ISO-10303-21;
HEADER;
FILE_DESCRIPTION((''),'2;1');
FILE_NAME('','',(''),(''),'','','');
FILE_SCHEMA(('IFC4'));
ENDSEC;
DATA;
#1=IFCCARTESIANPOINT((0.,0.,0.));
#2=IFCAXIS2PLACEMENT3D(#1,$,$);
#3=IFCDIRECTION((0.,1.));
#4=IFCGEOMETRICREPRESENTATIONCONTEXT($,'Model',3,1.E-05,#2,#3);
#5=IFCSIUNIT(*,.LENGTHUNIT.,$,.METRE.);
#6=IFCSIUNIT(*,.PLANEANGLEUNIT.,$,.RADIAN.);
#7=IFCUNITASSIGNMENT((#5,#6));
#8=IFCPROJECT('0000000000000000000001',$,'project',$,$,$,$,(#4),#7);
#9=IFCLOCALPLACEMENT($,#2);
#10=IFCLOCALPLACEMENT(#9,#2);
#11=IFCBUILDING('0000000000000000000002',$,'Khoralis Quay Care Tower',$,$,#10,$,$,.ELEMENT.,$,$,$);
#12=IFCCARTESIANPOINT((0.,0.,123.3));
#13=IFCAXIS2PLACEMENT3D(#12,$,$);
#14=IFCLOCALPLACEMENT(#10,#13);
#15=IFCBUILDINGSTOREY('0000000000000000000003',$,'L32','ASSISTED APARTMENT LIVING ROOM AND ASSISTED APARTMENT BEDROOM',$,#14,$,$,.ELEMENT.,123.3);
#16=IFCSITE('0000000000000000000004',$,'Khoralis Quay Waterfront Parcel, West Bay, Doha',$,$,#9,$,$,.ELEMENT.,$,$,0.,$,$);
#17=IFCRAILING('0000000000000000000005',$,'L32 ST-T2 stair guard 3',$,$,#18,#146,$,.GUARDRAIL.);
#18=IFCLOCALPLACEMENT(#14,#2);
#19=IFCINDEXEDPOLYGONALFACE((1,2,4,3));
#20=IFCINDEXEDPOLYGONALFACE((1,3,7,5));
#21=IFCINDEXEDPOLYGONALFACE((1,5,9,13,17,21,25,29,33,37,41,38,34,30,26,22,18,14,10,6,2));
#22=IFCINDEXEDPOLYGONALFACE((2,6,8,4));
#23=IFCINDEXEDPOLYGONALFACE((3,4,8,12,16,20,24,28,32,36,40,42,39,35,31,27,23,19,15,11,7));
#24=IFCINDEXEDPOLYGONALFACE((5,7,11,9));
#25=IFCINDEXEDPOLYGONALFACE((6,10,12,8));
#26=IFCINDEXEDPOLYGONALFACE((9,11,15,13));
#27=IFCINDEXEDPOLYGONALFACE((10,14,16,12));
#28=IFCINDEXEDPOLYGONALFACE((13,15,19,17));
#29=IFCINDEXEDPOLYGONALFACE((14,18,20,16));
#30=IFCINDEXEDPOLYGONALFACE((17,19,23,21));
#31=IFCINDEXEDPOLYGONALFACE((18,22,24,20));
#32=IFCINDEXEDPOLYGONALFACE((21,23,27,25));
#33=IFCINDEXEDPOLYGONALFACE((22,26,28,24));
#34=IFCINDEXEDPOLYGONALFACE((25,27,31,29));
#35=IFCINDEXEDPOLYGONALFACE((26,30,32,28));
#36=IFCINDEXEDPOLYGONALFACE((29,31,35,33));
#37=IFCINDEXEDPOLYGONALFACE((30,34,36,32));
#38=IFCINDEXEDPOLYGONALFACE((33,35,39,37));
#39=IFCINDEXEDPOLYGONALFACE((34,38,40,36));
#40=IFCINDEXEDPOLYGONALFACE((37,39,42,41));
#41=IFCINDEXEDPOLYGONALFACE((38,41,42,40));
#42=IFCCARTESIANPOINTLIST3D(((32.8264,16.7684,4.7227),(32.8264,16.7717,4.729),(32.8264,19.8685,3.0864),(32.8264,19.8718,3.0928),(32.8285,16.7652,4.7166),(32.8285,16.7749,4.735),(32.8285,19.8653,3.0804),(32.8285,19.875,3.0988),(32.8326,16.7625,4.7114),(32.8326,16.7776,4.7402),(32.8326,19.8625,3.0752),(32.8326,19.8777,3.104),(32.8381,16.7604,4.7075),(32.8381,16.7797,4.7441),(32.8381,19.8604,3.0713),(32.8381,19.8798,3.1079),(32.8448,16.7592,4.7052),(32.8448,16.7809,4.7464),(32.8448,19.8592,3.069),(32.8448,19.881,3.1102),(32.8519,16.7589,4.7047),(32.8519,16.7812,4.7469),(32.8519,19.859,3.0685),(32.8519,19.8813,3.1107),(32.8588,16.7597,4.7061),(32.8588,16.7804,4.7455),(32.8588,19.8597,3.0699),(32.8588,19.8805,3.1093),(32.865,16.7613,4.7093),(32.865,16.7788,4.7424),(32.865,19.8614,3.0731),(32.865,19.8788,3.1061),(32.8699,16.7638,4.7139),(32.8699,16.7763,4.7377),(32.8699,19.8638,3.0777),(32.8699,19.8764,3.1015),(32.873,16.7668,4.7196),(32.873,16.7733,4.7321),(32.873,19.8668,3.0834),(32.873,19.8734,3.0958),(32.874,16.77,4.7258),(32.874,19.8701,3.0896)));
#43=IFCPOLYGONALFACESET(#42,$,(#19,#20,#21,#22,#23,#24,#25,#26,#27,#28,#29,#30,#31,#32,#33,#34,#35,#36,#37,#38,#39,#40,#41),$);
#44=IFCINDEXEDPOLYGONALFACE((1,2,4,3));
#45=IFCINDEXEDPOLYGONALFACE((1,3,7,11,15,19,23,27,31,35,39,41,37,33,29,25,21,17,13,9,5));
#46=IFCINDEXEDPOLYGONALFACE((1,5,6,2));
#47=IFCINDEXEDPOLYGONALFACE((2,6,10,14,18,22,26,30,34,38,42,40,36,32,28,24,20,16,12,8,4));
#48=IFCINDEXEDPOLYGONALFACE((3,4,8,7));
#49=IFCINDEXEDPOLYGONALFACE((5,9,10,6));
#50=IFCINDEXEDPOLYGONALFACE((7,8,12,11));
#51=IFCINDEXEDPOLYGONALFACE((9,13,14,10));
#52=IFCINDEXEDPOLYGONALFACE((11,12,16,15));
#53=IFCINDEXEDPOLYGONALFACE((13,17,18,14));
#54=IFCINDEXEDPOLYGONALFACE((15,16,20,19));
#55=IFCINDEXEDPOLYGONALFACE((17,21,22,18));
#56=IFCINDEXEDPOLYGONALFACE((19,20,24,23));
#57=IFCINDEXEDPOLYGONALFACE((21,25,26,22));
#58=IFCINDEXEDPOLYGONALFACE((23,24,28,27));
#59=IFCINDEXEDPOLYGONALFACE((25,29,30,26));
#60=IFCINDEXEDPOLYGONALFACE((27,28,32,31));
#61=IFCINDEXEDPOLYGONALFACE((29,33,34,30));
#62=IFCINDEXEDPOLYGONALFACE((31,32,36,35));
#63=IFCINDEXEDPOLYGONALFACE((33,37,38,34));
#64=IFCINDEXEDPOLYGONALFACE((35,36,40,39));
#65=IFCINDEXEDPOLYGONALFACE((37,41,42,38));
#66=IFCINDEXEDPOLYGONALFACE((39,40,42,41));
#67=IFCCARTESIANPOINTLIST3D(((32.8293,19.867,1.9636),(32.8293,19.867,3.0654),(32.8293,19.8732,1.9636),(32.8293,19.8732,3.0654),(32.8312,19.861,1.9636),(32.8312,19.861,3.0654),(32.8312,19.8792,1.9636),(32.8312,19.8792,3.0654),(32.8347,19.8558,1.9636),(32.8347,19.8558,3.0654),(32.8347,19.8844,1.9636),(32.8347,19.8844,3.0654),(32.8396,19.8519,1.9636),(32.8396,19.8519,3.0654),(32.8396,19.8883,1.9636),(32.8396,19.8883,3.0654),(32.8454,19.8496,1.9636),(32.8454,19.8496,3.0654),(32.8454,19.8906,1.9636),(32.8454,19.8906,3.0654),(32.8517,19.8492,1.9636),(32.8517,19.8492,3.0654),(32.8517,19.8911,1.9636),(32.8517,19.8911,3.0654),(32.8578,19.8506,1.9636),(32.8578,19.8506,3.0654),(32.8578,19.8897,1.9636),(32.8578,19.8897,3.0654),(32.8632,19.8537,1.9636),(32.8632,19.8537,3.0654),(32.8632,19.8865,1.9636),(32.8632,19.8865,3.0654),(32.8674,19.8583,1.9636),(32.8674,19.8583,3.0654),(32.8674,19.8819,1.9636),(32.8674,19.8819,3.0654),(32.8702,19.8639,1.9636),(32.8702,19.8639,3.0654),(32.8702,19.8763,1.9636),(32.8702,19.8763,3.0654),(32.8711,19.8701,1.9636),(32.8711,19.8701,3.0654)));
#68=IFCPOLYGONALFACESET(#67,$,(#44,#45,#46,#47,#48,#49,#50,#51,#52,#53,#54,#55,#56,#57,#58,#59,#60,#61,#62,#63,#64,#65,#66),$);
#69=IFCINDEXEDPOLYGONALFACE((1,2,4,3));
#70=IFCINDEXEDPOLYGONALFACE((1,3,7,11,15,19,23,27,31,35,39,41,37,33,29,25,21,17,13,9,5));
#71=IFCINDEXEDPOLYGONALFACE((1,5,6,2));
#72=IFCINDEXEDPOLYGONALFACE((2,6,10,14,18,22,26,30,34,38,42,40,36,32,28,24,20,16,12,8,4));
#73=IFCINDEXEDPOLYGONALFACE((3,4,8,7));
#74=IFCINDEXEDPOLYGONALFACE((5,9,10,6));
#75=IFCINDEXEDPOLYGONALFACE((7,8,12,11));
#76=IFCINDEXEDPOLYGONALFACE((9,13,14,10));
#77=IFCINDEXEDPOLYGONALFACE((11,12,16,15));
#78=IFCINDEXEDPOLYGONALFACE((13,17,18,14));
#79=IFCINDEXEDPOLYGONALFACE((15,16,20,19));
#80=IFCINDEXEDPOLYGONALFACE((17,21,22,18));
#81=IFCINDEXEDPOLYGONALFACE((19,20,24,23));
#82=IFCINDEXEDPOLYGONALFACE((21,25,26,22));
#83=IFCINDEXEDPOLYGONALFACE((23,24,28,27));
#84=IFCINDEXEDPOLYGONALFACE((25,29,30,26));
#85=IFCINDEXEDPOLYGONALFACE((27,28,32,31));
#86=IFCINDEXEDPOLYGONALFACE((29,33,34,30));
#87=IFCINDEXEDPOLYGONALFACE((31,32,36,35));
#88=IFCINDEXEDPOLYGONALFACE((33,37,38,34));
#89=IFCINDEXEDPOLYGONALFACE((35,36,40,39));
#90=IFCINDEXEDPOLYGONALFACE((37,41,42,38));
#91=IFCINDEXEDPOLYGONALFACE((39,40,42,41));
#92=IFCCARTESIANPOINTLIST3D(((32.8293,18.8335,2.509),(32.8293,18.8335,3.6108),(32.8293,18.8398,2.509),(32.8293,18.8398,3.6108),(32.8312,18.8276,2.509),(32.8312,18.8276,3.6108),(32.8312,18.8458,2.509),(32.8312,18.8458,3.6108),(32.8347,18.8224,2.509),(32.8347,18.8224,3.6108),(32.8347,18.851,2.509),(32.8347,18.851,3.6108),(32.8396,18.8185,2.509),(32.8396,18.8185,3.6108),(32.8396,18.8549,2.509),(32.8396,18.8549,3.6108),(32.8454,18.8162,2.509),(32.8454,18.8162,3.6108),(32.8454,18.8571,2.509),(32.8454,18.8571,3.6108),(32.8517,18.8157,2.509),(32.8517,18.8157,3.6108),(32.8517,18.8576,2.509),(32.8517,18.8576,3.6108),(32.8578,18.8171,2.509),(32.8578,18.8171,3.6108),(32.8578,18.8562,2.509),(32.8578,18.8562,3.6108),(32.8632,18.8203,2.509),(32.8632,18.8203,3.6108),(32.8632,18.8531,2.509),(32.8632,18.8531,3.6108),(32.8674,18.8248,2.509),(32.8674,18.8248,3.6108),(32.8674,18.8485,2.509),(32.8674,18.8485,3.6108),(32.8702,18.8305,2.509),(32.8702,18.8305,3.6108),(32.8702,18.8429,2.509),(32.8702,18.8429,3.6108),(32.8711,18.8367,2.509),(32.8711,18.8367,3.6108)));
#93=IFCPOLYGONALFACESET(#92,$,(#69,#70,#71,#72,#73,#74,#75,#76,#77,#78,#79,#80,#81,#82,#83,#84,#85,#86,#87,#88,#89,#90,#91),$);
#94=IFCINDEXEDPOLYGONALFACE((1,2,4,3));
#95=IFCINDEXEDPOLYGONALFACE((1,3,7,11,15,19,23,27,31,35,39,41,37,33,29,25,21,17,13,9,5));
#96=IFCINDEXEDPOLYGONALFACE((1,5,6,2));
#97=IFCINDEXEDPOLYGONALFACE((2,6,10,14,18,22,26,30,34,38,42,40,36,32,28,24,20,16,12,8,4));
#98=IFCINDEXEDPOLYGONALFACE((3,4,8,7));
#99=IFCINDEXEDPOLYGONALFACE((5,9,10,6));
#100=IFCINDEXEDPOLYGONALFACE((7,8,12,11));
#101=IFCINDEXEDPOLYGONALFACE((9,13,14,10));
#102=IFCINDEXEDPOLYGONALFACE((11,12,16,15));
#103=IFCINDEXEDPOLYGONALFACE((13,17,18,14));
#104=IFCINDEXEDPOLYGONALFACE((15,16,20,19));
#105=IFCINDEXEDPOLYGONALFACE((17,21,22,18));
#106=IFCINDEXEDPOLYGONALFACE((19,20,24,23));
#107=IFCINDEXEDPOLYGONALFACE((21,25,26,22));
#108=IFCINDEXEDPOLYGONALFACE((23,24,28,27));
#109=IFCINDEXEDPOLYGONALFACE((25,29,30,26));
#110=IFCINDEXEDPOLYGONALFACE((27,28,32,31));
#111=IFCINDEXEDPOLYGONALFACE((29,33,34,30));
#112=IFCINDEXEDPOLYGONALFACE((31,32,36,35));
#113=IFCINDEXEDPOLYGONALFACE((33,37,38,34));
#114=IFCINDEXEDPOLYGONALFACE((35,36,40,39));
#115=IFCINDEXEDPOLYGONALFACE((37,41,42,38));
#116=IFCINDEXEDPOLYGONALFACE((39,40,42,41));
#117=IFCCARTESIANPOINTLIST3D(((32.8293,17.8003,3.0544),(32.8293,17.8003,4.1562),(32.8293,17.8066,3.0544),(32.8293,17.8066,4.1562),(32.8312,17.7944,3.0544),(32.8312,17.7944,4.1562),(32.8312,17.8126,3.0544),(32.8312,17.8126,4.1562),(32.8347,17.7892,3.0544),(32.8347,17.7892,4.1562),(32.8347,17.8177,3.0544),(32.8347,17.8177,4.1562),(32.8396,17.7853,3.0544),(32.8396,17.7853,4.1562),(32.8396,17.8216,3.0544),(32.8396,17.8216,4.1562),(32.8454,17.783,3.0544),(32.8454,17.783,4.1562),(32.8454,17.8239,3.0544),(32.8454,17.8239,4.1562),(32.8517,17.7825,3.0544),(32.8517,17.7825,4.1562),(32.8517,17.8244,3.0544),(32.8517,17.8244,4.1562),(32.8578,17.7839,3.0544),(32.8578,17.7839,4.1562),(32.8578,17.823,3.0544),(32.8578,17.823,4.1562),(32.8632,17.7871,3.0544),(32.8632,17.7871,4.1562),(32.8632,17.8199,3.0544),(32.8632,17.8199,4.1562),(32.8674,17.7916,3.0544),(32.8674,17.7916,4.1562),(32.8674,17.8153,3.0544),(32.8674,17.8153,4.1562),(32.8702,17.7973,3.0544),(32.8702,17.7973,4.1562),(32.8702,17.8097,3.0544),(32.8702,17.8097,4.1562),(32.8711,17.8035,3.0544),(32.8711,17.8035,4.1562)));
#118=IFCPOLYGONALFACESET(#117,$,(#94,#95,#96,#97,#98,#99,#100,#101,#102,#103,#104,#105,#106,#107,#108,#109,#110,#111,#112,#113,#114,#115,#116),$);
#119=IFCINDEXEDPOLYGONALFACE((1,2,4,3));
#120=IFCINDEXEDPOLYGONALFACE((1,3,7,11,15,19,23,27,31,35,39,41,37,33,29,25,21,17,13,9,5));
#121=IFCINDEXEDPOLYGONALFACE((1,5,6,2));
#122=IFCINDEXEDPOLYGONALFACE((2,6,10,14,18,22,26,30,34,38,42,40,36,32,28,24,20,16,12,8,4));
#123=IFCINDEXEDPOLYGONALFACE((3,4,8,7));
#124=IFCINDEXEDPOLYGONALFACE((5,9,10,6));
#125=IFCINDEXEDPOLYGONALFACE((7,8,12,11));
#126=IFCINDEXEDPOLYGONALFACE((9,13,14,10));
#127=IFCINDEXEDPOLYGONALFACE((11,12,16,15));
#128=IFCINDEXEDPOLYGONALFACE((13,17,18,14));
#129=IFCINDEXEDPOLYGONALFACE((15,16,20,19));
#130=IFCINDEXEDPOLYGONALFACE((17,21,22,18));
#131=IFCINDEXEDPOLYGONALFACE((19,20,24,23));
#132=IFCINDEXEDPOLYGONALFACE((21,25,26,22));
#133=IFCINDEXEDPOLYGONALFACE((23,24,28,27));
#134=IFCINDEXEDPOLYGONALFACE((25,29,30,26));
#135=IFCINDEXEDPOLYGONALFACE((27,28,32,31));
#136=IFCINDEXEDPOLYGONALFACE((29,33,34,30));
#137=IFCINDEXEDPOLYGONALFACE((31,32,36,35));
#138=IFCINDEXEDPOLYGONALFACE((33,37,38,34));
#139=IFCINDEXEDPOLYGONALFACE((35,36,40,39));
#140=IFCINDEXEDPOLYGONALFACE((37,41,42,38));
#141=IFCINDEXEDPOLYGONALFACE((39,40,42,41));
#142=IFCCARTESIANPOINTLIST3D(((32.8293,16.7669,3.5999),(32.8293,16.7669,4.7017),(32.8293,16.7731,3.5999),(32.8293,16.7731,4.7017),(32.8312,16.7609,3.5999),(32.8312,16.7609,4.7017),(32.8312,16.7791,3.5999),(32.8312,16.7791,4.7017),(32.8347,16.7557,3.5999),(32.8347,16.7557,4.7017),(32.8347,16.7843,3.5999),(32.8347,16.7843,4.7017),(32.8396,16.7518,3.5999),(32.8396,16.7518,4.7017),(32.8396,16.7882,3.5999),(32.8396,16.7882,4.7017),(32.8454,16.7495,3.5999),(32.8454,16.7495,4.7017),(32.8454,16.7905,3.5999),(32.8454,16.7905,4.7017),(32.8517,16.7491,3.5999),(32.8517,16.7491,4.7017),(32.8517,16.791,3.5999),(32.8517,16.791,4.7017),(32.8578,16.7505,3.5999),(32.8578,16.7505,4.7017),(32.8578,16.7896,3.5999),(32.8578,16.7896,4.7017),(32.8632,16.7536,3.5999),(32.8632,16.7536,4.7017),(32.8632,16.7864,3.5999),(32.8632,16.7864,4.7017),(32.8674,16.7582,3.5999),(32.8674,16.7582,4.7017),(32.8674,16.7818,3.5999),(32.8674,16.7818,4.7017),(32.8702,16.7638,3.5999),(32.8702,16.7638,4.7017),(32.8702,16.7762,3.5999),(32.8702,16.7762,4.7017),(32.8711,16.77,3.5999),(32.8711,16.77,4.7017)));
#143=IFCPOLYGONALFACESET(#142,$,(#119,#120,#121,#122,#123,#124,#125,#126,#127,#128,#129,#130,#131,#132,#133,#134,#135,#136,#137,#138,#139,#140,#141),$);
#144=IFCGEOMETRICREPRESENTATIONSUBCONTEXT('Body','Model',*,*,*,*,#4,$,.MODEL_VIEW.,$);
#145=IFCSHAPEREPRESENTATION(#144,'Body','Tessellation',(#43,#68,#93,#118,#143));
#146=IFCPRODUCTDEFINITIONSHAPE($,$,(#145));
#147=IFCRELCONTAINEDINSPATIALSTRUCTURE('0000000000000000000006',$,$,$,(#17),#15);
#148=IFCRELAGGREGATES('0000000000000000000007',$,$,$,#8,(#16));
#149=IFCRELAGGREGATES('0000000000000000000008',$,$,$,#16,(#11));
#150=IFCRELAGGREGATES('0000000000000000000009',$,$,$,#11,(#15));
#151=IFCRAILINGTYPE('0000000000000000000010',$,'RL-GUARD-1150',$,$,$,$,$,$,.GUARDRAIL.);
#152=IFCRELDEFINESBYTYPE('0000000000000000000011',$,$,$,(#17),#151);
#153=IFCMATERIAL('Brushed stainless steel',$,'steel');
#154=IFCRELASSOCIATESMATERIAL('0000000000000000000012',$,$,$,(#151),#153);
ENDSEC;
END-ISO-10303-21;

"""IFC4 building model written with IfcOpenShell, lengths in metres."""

from ifc_helpers import new_model, si_unit, direction, frame, origin, origin_2d, place, context, subcontext, project, spatial, circle, extrude, material, type_object, element, save


model = new_model("IFC4")

# Units and contexts
model_context = context("Model", 3, precision=1e-05, world=origin(), true_north=direction((0.0, 1.0)))
body_context = subcontext(model_context, "Body", "Model", "MODEL_VIEW")
ifc_project = project(units=[si_unit("LENGTHUNIT", "METRE"), si_unit("PLANEANGLEUNIT", "RADIAN")], contexts=[model_context])

# Site, building, storey
site_placement = place(None, origin())
site = spatial("IfcSite", under=ifc_project, at=site_placement, Name="Khoralis Quay Waterfront Parcel, West Bay, Doha", CompositionType="ELEMENT", RefElevation=0.0)
building_placement = place(site_placement, origin())
building = spatial("IfcBuilding", under=site, at=building_placement, Name="Khoralis Quay Care Tower", CompositionType="ELEMENT")
storey_placement = place(building_placement, frame((0.0, 0.0, 123.3)))
storey = spatial("IfcBuildingStorey", under=building, at=storey_placement, Name="L32", Description="ASSISTED APARTMENT LIVING ROOM AND ASSISTED APARTMENT BEDROOM", CompositionType="ELEMENT", Elevation=123.3)

# Railing
ifc_material_1 = material(Name="Brushed stainless steel", Category="steel")
railing_type = type_object("IfcRailingType", Name="RL-GUARD-1150", PredefinedType="GUARDRAIL", material=ifc_material_1)
railing_1_placement = place(storey_placement, frame((32.8501, 19.8701, 1.9636)))
element("IfcRailing", 1, at=railing_1_placement, inside=storey, type_object=railing_type, Name="L32 ST-T2 stair guard 3", PredefinedType="GUARDRAIL", context=body_context, shape_type="SweptSolid", body=[
    extrude(circle(Radius=0.0239, at=origin_2d()), frame((0.0, 0.0, 1.126), z_axis=(0.0, -0.884377, 0.466774), x_axis=(1.0, 0.0, 0.0)), (0.0, 0.0, 1.0), 3.5054),
    extrude(circle(Radius=0.021, at=origin_2d()), origin(), (0.0, 0.0, 1.0), 1.1018),
    extrude(circle(Radius=0.021, at=origin_2d()), frame((0.0, -1.0334, 0.5454)), (0.0, 0.0, 1.0), 1.1018),
    extrude(circle(Radius=0.021, at=origin_2d()), frame((0.0, -2.0667, 1.0908)), (0.0, 0.0, 1.0), 1.1018),
    extrude(circle(Radius=0.021, at=origin_2d()), frame((0.0, -3.1001, 1.6362)), (0.0, 0.0, 1.0), 1.1018),
])

save(model, "model.ifc")
